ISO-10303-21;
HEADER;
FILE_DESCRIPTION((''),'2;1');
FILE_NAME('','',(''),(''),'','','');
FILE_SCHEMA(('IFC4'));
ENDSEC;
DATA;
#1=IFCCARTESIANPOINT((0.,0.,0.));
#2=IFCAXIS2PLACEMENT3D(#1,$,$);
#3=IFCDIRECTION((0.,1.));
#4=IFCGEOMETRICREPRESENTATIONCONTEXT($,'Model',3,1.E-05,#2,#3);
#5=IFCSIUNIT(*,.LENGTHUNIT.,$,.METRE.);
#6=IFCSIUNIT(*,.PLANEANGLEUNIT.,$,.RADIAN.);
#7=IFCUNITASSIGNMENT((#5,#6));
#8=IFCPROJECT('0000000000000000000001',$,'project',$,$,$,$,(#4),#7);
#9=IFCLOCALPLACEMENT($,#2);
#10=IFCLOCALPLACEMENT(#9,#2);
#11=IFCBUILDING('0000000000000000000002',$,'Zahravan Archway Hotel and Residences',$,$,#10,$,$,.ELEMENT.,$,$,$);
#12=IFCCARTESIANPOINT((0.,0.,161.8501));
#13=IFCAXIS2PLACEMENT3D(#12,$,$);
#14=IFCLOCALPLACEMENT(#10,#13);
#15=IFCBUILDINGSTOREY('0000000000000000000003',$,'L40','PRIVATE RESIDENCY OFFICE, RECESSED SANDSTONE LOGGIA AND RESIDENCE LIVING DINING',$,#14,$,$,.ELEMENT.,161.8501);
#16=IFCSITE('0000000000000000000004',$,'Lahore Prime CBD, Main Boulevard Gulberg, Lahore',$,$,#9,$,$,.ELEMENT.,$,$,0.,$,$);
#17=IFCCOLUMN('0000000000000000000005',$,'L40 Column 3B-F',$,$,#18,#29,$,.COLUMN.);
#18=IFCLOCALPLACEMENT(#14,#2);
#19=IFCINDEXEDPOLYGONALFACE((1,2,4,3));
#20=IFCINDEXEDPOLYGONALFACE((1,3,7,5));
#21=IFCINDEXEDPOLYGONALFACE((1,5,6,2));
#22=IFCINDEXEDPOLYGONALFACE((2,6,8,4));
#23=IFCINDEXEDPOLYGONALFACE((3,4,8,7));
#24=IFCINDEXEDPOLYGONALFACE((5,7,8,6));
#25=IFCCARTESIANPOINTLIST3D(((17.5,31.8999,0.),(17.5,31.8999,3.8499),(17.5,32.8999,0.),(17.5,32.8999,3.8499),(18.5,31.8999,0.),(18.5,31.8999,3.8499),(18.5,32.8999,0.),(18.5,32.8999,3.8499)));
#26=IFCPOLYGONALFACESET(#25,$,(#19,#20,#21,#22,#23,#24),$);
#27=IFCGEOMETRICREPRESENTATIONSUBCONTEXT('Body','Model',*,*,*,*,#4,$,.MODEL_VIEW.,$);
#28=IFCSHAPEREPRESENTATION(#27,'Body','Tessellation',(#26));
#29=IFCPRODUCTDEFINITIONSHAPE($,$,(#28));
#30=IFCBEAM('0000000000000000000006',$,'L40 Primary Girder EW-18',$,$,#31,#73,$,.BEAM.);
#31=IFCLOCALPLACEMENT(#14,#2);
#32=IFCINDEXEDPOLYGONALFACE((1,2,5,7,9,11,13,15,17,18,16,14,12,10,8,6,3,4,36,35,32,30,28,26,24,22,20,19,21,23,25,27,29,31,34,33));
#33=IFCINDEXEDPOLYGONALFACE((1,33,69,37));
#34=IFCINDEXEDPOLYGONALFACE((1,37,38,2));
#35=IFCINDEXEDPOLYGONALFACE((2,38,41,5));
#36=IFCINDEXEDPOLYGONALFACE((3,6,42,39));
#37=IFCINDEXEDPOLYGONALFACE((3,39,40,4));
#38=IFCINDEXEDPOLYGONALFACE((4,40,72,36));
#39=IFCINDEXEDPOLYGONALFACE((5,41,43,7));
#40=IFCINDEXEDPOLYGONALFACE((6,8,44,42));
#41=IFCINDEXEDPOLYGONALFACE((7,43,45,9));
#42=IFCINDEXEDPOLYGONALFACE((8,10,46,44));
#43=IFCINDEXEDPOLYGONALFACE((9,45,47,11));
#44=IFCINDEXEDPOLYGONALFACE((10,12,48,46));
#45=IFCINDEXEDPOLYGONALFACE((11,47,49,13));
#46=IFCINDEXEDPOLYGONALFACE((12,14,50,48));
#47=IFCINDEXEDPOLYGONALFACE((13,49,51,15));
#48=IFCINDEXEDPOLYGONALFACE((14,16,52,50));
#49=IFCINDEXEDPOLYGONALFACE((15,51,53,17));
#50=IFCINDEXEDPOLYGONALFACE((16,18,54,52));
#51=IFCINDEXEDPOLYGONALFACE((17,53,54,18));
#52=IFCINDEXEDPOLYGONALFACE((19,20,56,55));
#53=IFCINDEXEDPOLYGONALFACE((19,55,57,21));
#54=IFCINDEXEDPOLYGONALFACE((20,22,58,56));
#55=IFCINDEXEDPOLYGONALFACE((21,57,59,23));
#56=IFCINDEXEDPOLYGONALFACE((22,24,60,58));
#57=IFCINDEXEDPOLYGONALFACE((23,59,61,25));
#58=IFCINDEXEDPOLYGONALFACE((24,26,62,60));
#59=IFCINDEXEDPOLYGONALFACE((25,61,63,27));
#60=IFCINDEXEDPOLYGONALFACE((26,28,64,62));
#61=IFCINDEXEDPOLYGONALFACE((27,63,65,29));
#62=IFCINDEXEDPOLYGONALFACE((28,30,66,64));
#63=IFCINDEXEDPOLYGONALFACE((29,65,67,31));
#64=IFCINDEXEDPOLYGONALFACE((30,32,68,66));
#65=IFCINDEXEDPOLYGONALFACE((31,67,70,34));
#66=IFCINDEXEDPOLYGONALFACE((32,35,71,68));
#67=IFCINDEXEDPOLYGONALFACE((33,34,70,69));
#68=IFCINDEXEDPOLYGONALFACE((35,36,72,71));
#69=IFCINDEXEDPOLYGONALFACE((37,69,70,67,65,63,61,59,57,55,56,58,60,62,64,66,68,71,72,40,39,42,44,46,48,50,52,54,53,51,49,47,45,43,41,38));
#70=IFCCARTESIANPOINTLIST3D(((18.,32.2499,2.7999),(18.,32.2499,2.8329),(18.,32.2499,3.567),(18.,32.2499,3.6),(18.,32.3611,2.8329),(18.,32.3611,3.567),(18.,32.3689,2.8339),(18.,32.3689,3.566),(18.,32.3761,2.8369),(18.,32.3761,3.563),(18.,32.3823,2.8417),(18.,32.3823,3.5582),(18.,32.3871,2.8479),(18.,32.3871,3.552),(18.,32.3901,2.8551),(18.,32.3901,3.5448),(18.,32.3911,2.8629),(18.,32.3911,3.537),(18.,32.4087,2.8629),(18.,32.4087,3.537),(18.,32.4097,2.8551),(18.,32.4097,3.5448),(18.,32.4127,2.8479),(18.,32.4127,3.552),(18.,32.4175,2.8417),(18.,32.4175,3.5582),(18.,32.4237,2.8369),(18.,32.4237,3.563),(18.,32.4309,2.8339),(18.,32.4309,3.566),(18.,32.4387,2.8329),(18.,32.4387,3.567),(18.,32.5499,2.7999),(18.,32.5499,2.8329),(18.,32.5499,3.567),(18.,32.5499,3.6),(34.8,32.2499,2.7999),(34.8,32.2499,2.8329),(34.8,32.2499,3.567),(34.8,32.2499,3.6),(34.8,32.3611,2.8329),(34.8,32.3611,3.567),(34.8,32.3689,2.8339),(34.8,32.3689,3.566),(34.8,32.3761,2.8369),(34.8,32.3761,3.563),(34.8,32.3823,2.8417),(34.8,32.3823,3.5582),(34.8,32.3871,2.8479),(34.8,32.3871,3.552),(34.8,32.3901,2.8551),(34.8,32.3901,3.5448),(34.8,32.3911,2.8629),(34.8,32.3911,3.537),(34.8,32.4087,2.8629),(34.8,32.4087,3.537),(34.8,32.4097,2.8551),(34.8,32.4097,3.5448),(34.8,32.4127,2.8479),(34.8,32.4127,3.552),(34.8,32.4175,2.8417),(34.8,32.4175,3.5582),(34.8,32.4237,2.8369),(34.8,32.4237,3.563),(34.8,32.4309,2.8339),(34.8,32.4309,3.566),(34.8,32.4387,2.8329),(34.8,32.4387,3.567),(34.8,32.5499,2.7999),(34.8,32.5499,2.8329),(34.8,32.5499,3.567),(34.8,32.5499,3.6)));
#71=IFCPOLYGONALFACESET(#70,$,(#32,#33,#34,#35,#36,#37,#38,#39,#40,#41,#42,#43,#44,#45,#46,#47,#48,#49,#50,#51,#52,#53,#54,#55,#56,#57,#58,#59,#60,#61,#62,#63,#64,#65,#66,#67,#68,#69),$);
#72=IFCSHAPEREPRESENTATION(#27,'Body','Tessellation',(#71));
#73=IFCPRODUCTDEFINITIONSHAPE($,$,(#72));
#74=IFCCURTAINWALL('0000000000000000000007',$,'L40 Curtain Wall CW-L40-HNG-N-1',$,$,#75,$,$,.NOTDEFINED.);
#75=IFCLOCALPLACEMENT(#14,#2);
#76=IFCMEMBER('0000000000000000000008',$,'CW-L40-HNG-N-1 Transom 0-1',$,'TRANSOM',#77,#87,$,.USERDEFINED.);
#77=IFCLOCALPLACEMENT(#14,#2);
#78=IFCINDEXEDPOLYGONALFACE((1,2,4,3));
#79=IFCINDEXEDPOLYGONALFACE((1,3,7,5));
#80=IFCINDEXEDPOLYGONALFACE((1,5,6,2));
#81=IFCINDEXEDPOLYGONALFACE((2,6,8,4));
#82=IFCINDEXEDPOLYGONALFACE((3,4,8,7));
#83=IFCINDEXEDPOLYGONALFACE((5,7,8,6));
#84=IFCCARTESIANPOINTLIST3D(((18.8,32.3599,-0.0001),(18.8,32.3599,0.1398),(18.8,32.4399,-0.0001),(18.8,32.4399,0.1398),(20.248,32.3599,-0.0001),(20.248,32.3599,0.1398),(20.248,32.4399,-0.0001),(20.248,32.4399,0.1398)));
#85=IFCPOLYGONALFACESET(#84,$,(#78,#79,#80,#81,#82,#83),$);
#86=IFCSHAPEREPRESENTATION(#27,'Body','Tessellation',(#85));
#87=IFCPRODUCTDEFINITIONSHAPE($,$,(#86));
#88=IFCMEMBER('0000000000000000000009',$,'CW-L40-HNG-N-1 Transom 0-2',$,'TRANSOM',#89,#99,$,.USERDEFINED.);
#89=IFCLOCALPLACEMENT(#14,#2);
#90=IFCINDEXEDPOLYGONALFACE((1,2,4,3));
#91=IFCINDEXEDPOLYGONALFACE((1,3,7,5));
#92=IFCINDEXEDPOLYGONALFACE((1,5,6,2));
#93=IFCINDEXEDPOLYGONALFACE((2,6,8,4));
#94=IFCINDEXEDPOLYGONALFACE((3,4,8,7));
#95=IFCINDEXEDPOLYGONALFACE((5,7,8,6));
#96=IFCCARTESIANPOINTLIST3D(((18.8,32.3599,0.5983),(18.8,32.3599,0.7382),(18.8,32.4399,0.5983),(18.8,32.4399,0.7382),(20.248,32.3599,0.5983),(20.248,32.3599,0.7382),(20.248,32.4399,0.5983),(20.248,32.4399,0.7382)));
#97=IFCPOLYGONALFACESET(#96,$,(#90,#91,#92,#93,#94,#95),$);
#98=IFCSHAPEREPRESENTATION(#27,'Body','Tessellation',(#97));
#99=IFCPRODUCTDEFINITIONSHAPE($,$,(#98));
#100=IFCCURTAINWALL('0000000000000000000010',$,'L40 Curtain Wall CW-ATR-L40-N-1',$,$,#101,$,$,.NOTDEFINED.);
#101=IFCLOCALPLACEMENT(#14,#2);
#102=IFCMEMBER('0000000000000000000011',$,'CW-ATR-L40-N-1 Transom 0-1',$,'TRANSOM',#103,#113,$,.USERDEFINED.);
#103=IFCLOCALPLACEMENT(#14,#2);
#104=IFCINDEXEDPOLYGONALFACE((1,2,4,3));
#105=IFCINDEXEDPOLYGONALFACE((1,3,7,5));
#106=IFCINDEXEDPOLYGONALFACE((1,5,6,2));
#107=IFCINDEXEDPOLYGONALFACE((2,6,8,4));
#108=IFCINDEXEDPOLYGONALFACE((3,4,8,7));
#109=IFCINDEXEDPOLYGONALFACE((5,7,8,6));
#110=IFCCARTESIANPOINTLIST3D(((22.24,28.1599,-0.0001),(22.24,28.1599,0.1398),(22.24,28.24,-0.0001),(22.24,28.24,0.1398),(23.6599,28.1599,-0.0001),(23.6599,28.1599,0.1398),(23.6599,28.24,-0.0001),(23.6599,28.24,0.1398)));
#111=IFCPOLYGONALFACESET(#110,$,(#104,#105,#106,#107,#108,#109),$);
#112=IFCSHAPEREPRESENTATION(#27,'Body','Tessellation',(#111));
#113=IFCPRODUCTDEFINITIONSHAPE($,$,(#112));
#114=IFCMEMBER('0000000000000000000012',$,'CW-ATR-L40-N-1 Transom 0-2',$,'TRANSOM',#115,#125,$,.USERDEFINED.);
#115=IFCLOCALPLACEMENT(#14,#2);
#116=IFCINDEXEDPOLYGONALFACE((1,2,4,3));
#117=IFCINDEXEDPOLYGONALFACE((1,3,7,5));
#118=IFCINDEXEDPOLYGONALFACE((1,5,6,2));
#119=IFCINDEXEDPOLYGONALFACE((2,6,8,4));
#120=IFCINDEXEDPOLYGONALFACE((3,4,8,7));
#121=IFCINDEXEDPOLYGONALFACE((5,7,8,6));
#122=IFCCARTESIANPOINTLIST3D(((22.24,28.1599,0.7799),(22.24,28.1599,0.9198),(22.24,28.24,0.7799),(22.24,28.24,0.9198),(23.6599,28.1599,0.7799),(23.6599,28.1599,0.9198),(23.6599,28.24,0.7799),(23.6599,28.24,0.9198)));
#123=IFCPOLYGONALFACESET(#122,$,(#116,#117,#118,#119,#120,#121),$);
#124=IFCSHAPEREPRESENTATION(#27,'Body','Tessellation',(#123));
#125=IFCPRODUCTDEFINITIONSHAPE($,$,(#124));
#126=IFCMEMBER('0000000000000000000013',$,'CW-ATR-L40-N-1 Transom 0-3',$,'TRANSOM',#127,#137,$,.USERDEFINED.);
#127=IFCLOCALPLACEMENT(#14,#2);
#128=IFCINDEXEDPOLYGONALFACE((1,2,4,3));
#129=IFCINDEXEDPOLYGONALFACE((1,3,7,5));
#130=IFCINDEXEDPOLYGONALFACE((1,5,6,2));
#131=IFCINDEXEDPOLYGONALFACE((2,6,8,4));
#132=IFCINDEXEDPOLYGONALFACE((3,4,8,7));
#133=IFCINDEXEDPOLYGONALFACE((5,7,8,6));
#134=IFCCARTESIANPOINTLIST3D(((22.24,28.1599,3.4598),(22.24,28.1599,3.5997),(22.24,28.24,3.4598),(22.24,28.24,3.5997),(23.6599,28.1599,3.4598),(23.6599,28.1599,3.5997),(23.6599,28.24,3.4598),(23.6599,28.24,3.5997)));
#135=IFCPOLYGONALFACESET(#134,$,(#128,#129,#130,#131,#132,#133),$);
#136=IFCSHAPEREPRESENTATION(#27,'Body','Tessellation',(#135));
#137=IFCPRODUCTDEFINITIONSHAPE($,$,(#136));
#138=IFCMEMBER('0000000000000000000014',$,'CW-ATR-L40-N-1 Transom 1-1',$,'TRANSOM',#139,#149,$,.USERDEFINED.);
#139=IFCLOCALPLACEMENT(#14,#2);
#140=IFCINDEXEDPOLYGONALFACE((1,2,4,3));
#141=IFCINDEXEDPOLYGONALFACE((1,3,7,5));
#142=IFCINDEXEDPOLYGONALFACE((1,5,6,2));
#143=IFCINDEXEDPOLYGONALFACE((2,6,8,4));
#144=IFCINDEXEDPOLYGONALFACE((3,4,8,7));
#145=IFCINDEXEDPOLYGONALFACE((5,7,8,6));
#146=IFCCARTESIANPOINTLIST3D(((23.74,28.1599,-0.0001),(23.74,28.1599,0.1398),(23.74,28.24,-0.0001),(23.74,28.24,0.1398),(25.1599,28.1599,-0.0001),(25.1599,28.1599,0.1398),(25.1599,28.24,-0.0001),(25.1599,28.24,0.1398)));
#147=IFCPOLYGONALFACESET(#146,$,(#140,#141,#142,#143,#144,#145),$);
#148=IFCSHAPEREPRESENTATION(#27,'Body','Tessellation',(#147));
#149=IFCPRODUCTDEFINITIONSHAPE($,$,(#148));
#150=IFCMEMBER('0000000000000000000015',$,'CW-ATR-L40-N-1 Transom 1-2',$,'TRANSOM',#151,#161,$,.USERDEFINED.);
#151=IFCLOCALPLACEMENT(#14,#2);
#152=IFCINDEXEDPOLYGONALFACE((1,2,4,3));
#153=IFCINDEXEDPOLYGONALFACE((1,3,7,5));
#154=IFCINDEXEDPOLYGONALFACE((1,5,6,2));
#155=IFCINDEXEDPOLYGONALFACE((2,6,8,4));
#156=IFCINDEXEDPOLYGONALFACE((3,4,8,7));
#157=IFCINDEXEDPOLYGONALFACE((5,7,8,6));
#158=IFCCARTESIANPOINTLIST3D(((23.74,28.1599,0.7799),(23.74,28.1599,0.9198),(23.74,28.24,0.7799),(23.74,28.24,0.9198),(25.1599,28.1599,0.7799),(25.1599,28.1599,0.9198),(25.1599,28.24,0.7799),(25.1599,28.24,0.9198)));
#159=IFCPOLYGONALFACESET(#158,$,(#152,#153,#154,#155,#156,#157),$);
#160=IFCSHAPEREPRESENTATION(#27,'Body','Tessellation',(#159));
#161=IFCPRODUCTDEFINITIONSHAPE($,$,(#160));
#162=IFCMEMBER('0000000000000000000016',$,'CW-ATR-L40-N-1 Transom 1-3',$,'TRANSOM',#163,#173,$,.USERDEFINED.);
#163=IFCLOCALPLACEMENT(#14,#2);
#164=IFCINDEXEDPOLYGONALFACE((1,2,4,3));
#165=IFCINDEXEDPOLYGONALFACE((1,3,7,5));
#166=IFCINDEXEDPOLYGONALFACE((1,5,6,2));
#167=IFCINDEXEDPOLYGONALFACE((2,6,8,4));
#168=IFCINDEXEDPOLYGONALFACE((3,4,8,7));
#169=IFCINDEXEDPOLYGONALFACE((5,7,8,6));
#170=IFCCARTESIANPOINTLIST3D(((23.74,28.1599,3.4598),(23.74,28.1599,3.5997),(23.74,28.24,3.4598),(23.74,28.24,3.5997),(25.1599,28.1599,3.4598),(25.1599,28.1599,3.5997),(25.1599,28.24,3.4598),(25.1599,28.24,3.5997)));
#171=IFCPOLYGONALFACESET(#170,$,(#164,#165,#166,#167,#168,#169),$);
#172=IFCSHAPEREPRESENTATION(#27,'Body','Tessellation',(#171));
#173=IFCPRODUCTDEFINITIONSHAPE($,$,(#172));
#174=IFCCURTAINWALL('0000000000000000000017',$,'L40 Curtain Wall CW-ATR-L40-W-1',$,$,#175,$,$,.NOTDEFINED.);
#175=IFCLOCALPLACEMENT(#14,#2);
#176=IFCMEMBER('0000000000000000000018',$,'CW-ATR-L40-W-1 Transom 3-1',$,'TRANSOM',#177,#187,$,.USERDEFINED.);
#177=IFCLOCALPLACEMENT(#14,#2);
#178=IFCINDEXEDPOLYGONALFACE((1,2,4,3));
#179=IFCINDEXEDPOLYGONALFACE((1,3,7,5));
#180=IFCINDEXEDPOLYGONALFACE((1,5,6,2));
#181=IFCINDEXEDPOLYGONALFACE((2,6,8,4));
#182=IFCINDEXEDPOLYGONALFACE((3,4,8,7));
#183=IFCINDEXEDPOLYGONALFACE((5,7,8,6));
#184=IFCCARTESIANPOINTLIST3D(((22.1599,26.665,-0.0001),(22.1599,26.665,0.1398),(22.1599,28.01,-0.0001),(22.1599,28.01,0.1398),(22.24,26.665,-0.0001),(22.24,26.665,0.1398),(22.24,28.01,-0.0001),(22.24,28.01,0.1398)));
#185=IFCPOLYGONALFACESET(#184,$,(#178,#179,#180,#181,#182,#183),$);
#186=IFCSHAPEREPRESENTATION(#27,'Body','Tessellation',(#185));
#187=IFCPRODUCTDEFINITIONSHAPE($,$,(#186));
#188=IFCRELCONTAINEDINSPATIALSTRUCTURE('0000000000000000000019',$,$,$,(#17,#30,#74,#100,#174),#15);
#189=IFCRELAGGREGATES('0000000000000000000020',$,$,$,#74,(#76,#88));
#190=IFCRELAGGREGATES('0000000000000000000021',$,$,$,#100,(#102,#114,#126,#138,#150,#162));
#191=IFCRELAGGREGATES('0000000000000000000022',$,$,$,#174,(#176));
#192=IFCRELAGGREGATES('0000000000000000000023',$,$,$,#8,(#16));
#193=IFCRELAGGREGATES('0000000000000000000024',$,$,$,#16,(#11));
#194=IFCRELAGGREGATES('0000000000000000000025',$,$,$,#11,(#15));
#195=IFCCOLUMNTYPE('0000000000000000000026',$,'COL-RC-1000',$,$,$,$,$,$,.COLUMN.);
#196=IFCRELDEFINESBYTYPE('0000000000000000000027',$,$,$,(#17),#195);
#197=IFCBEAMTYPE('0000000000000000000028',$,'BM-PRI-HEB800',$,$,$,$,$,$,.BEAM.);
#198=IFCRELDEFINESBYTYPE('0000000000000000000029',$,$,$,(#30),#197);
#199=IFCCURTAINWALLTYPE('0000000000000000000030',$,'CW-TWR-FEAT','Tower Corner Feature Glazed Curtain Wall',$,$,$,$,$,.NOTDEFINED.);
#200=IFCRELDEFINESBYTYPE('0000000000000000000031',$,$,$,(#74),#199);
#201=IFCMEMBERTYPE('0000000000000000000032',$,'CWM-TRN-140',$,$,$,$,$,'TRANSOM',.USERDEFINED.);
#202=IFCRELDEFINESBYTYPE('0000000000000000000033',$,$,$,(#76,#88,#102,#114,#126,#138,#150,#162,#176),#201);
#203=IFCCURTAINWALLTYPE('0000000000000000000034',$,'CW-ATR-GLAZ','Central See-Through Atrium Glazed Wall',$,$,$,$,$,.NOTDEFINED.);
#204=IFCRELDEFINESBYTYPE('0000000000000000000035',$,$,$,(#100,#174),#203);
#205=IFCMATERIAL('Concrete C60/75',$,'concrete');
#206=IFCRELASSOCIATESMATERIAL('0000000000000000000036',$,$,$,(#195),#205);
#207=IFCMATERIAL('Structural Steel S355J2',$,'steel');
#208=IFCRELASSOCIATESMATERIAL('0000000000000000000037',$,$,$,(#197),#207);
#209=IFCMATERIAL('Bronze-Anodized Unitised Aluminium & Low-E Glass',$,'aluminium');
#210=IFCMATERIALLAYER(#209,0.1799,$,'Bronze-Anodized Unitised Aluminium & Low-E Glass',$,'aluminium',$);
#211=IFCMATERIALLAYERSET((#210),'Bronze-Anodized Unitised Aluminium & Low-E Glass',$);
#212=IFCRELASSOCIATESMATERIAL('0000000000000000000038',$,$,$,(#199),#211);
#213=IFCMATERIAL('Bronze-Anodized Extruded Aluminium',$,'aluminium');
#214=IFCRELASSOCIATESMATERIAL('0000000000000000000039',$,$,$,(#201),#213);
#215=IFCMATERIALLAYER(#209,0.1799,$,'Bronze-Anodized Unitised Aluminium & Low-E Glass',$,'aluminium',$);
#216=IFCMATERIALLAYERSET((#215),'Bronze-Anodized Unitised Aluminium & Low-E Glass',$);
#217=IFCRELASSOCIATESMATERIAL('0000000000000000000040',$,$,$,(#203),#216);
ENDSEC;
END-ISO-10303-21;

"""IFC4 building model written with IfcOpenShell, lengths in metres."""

from ifc_helpers import new_model, si_unit, direction, frame, origin, origin_2d, place, context, subcontext, project, spatial, rectangle, i_section, extrude, source, transform, mapped, material, layer, layer_set, material_profile, profile_set, type_object, type_shapes, element, aggregate, save


model = new_model("IFC4")

# Units and contexts
model_context = context("Model", 3, precision=1e-05, world=origin(), true_north=direction((0.0, 1.0)))
body_context = subcontext(model_context, "Body", "Model", "MODEL_VIEW")
ifc_project = project(units=[si_unit("LENGTHUNIT", "METRE"), si_unit("PLANEANGLEUNIT", "RADIAN")], contexts=[model_context])

# Site, building, storey
site_placement = place(None, origin())
site = spatial("IfcSite", under=ifc_project, at=site_placement, Name="Lahore Prime CBD, Main Boulevard Gulberg, Lahore", CompositionType="ELEMENT", RefElevation=0.0)
building_placement = place(site_placement, origin())
building = spatial("IfcBuilding", under=site, at=building_placement, Name="Zahravan Archway Hotel and Residences", CompositionType="ELEMENT")
storey_placement = place(building_placement, frame((0.0, 0.0, 161.8501)))
storey = spatial("IfcBuildingStorey", under=building, at=storey_placement, Name="L40", Description="PRIVATE RESIDENCY OFFICE, RECESSED SANDSTONE LOGGIA AND RESIDENCE LIVING DINING", CompositionType="ELEMENT", Elevation=161.8501)

# Column
ifc_material_1 = material(Name="Concrete C60/75", Category="concrete")
ifc_material_profile_1 = material_profile(ifc_material_1, rectangle(XDim=1.0, YDim=1.0, at=origin_2d()), Name="RC-COL-1000x1000", Category="concrete")
ifc_profile_set_1 = profile_set([ifc_material_profile_1], Name="Concrete C60/75")
column_type = type_object("IfcColumnType", Name="COL-RC-1000", PredefinedType="COLUMN", material=ifc_profile_set_1)
shared_shape_1 = source(origin(), body_context, "Body", "SweptSolid", [
    extrude(rectangle(XDim=1.0, YDim=1.0, at=origin_2d()), origin(), (0.0, 0.0, 1.0), 3.8499),
])
column_placement = place(storey_placement, frame((18.0, 32.3999, 0.0), z_axis=(0.0, 0.0, 1.0), x_axis=(1.0, 0.0, 0.0)))
element("IfcColumn", 1, at=column_placement, inside=storey, type_object=column_type, Name="L40 Column 3B-F", PredefinedType="COLUMN", context=body_context, shape_type="MappedRepresentation", body=[
    mapped(shared_shape_1, transform((0.0, 0.0, 0.0), scale=1.0)),
])

# Beam
ifc_material_2 = material(Name="Structural Steel S355J2", Category="steel")
ifc_material_profile_2 = material_profile(ifc_material_2, i_section(OverallWidth=0.3, OverallDepth=0.8, WebThickness=0.0176, FlangeThickness=0.033, FilletRadius=0.03, at=origin_2d()), Name="HEB 800", Category="steel")
ifc_profile_set_2 = profile_set([ifc_material_profile_2], Name="Structural Steel S355J2")
beam_type = type_object("IfcBeamType", Name="BM-PRI-HEB800", PredefinedType="BEAM", material=ifc_profile_set_2)
shared_shape_2 = source(origin(), body_context, "Body", "SweptSolid", [
    extrude(i_section(OverallWidth=0.3, OverallDepth=0.8, WebThickness=0.0176, FlangeThickness=0.033, FilletRadius=0.03, at=origin_2d()), origin(), (0.0, 0.0, 1.0), 16.8),
])
type_shapes(beam_type, [shared_shape_2])
beam_placement = place(storey_placement, frame((18.0, 32.3999, 3.2), z_axis=(1.0, 0.0, 0.0), x_axis=(0.0, 1.0, 0.0)))
element("IfcBeam", 2, at=beam_placement, inside=storey, type_object=beam_type, Name="L40 Primary Girder EW-18", PredefinedType="BEAM", context=body_context, shape_type="MappedRepresentation", body=[
    mapped(shared_shape_2, transform((0.0, 0.0, 0.0), scale=1.0)),
])

# Curtain walls, members
ifc_material_3 = material(Name="Bronze-Anodized Unitised Aluminium & Low-E Glass", Category="aluminium")
ifc_layer_1 = layer(ifc_material_3, 0.1799, Name="Bronze-Anodized Unitised Aluminium & Low-E Glass", Category="aluminium")
ifc_layer_set_1 = layer_set([ifc_layer_1], Name="Bronze-Anodized Unitised Aluminium & Low-E Glass")
curtain_wall_type_1 = type_object("IfcCurtainWallType", Name="CW-TWR-FEAT", Description="Tower Corner Feature Glazed Curtain Wall", PredefinedType="NOTDEFINED", material=ifc_layer_set_1)
curtain_wall_1_placement = place(storey_placement, origin())
curtain_wall_1 = element("IfcCurtainWall", 3, at=curtain_wall_1_placement, inside=storey, type_object=curtain_wall_type_1, Name="L40 Curtain Wall CW-L40-HNG-N-1", PredefinedType="NOTDEFINED")
ifc_material_4 = material(Name="Bronze-Anodized Extruded Aluminium", Category="aluminium")
ifc_material_profile_3 = material_profile(ifc_material_4, rectangle(XDim=0.0801, YDim=0.1399, at=origin_2d()), Name="TRN 80x140", Category="aluminium")
ifc_profile_set_3 = profile_set([ifc_material_profile_3], Name="Bronze-Anodized Extruded Aluminium")
member_type_1 = type_object("IfcMemberType", Name="CWM-TRN-140", ElementType="TRANSOM", PredefinedType="USERDEFINED", material=ifc_profile_set_3)
shared_shape_3 = source(origin(), body_context, "Body", "SweptSolid", [
    extrude(rectangle(XDim=0.0801, YDim=0.1399, at=origin_2d()), origin(), (0.0, 0.0, 1.0), 1.448),
])
member_1_placement = place(storey_placement, frame((18.8, 32.3999, 0.0698), z_axis=(1.0, 0.0, 0.0), x_axis=(0.0, 1.0, 0.0)))
member_1 = element("IfcMember", 4, at=member_1_placement, type_object=member_type_1, Name="CW-L40-HNG-N-1 Transom 0-1", ObjectType="TRANSOM", PredefinedType="USERDEFINED", context=body_context, shape_type="MappedRepresentation", body=[
    mapped(shared_shape_3, transform((0.0, 0.0, 0.0), scale=1.0)),
])
member_2_placement = place(storey_placement, frame((18.8, 32.3999, 0.6682), z_axis=(1.0, 0.0, 0.0), x_axis=(0.0, 1.0, 0.0)))
member_2 = element("IfcMember", 5, at=member_2_placement, type_object=member_type_1, Name="CW-L40-HNG-N-1 Transom 0-2", ObjectType="TRANSOM", PredefinedType="USERDEFINED", context=body_context, shape_type="MappedRepresentation", body=[
    mapped(shared_shape_3, transform((0.0, 0.0, 0.0), scale=1.0)),
])
ifc_layer_2 = layer(ifc_material_3, 0.1799, Name="Bronze-Anodized Unitised Aluminium & Low-E Glass", Category="aluminium")
ifc_layer_set_2 = layer_set([ifc_layer_2], Name="Bronze-Anodized Unitised Aluminium & Low-E Glass")
curtain_wall_type_2 = type_object("IfcCurtainWallType", Name="CW-ATR-GLAZ", Description="Central See-Through Atrium Glazed Wall", PredefinedType="NOTDEFINED", material=ifc_layer_set_2)
curtain_wall_2_placement = place(storey_placement, origin())
curtain_wall_2 = element("IfcCurtainWall", 6, at=curtain_wall_2_placement, inside=storey, type_object=curtain_wall_type_2, Name="L40 Curtain Wall CW-ATR-L40-N-1", PredefinedType="NOTDEFINED")
shared_shape_4 = source(origin(), body_context, "Body", "SweptSolid", [
    extrude(rectangle(XDim=0.0801, YDim=0.1399, at=origin_2d()), origin(), (0.0, 0.0, 1.0), 1.4199),
])
member_3_placement = place(storey_placement, frame((22.24, 28.2, 0.0698), z_axis=(1.0, 0.0, 0.0), x_axis=(0.0, 1.0, 0.0)))
member_3 = element("IfcMember", 7, at=member_3_placement, type_object=member_type_1, Name="CW-ATR-L40-N-1 Transom 0-1", ObjectType="TRANSOM", PredefinedType="USERDEFINED", context=body_context, shape_type="MappedRepresentation", body=[
    mapped(shared_shape_4, transform((0.0, 0.0, 0.0), scale=1.0)),
])
member_4_placement = place(storey_placement, frame((22.24, 28.2, 0.8499), z_axis=(1.0, 0.0, 0.0), x_axis=(0.0, 1.0, 0.0)))
member_4 = element("IfcMember", 8, at=member_4_placement, type_object=member_type_1, Name="CW-ATR-L40-N-1 Transom 0-2", ObjectType="TRANSOM", PredefinedType="USERDEFINED", context=body_context, shape_type="MappedRepresentation", body=[
    mapped(shared_shape_4, transform((0.0, 0.0, 0.0), scale=1.0)),
])
member_5_placement = place(storey_placement, frame((22.24, 28.2, 3.5298), z_axis=(1.0, 0.0, 0.0), x_axis=(0.0, 1.0, 0.0)))
member_5 = element("IfcMember", 9, at=member_5_placement, type_object=member_type_1, Name="CW-ATR-L40-N-1 Transom 0-3", ObjectType="TRANSOM", PredefinedType="USERDEFINED", context=body_context, shape_type="MappedRepresentation", body=[
    mapped(shared_shape_4, transform((0.0, 0.0, 0.0), scale=1.0)),
])
member_6_placement = place(storey_placement, frame((23.74, 28.2, 0.0698), z_axis=(1.0, 0.0, 0.0), x_axis=(0.0, 1.0, 0.0)))
member_6 = element("IfcMember", 10, at=member_6_placement, type_object=member_type_1, Name="CW-ATR-L40-N-1 Transom 1-1", ObjectType="TRANSOM", PredefinedType="USERDEFINED", context=body_context, shape_type="MappedRepresentation", body=[
    mapped(shared_shape_4, transform((0.0, 0.0, 0.0), scale=1.0)),
])
member_7_placement = place(storey_placement, frame((23.74, 28.2, 0.8499), z_axis=(1.0, 0.0, 0.0), x_axis=(0.0, 1.0, 0.0)))
member_7 = element("IfcMember", 11, at=member_7_placement, type_object=member_type_1, Name="CW-ATR-L40-N-1 Transom 1-2", ObjectType="TRANSOM", PredefinedType="USERDEFINED", context=body_context, shape_type="MappedRepresentation", body=[
    mapped(shared_shape_4, transform((0.0, 0.0, 0.0), scale=1.0)),
])
member_8_placement = place(storey_placement, frame((23.74, 28.2, 3.5298), z_axis=(1.0, 0.0, 0.0), x_axis=(0.0, 1.0, 0.0)))
member_8 = element("IfcMember", 12, at=member_8_placement, type_object=member_type_1, Name="CW-ATR-L40-N-1 Transom 1-3", ObjectType="TRANSOM", PredefinedType="USERDEFINED", context=body_context, shape_type="MappedRepresentation", body=[
    mapped(shared_shape_4, transform((0.0, 0.0, 0.0), scale=1.0)),
])
curtain_wall_3_placement = place(storey_placement, origin())
curtain_wall_3 = element("IfcCurtainWall", 13, at=curtain_wall_3_placement, inside=storey, type_object=curtain_wall_type_2, Name="L40 Curtain Wall CW-ATR-L40-W-1", PredefinedType="NOTDEFINED")
shared_shape_5 = source(origin(), body_context, "Body", "SweptSolid", [
    extrude(rectangle(XDim=0.0801, YDim=0.1399, at=origin_2d()), origin(), (0.0, 0.0, 1.0), 1.345),
])
member_9_placement = place(storey_placement, frame((22.2, 26.665, 0.0698), z_axis=(0.0, 1.0, 0.0), x_axis=(-1.0, 0.0, 0.0)))
member_9 = element("IfcMember", 14, at=member_9_placement, type_object=member_type_1, Name="CW-ATR-L40-W-1 Transom 3-1", ObjectType="TRANSOM", PredefinedType="USERDEFINED", context=body_context, shape_type="MappedRepresentation", body=[
    mapped(shared_shape_5, transform((0.0, 0.0, 0.0), scale=1.0)),
])

aggregate(curtain_wall_1, [member_1, member_2])

aggregate(curtain_wall_2, [member_3, member_4, member_5, member_6, member_7, member_8])
aggregate(curtain_wall_3, [member_9])

save(model, "model.ifc")
